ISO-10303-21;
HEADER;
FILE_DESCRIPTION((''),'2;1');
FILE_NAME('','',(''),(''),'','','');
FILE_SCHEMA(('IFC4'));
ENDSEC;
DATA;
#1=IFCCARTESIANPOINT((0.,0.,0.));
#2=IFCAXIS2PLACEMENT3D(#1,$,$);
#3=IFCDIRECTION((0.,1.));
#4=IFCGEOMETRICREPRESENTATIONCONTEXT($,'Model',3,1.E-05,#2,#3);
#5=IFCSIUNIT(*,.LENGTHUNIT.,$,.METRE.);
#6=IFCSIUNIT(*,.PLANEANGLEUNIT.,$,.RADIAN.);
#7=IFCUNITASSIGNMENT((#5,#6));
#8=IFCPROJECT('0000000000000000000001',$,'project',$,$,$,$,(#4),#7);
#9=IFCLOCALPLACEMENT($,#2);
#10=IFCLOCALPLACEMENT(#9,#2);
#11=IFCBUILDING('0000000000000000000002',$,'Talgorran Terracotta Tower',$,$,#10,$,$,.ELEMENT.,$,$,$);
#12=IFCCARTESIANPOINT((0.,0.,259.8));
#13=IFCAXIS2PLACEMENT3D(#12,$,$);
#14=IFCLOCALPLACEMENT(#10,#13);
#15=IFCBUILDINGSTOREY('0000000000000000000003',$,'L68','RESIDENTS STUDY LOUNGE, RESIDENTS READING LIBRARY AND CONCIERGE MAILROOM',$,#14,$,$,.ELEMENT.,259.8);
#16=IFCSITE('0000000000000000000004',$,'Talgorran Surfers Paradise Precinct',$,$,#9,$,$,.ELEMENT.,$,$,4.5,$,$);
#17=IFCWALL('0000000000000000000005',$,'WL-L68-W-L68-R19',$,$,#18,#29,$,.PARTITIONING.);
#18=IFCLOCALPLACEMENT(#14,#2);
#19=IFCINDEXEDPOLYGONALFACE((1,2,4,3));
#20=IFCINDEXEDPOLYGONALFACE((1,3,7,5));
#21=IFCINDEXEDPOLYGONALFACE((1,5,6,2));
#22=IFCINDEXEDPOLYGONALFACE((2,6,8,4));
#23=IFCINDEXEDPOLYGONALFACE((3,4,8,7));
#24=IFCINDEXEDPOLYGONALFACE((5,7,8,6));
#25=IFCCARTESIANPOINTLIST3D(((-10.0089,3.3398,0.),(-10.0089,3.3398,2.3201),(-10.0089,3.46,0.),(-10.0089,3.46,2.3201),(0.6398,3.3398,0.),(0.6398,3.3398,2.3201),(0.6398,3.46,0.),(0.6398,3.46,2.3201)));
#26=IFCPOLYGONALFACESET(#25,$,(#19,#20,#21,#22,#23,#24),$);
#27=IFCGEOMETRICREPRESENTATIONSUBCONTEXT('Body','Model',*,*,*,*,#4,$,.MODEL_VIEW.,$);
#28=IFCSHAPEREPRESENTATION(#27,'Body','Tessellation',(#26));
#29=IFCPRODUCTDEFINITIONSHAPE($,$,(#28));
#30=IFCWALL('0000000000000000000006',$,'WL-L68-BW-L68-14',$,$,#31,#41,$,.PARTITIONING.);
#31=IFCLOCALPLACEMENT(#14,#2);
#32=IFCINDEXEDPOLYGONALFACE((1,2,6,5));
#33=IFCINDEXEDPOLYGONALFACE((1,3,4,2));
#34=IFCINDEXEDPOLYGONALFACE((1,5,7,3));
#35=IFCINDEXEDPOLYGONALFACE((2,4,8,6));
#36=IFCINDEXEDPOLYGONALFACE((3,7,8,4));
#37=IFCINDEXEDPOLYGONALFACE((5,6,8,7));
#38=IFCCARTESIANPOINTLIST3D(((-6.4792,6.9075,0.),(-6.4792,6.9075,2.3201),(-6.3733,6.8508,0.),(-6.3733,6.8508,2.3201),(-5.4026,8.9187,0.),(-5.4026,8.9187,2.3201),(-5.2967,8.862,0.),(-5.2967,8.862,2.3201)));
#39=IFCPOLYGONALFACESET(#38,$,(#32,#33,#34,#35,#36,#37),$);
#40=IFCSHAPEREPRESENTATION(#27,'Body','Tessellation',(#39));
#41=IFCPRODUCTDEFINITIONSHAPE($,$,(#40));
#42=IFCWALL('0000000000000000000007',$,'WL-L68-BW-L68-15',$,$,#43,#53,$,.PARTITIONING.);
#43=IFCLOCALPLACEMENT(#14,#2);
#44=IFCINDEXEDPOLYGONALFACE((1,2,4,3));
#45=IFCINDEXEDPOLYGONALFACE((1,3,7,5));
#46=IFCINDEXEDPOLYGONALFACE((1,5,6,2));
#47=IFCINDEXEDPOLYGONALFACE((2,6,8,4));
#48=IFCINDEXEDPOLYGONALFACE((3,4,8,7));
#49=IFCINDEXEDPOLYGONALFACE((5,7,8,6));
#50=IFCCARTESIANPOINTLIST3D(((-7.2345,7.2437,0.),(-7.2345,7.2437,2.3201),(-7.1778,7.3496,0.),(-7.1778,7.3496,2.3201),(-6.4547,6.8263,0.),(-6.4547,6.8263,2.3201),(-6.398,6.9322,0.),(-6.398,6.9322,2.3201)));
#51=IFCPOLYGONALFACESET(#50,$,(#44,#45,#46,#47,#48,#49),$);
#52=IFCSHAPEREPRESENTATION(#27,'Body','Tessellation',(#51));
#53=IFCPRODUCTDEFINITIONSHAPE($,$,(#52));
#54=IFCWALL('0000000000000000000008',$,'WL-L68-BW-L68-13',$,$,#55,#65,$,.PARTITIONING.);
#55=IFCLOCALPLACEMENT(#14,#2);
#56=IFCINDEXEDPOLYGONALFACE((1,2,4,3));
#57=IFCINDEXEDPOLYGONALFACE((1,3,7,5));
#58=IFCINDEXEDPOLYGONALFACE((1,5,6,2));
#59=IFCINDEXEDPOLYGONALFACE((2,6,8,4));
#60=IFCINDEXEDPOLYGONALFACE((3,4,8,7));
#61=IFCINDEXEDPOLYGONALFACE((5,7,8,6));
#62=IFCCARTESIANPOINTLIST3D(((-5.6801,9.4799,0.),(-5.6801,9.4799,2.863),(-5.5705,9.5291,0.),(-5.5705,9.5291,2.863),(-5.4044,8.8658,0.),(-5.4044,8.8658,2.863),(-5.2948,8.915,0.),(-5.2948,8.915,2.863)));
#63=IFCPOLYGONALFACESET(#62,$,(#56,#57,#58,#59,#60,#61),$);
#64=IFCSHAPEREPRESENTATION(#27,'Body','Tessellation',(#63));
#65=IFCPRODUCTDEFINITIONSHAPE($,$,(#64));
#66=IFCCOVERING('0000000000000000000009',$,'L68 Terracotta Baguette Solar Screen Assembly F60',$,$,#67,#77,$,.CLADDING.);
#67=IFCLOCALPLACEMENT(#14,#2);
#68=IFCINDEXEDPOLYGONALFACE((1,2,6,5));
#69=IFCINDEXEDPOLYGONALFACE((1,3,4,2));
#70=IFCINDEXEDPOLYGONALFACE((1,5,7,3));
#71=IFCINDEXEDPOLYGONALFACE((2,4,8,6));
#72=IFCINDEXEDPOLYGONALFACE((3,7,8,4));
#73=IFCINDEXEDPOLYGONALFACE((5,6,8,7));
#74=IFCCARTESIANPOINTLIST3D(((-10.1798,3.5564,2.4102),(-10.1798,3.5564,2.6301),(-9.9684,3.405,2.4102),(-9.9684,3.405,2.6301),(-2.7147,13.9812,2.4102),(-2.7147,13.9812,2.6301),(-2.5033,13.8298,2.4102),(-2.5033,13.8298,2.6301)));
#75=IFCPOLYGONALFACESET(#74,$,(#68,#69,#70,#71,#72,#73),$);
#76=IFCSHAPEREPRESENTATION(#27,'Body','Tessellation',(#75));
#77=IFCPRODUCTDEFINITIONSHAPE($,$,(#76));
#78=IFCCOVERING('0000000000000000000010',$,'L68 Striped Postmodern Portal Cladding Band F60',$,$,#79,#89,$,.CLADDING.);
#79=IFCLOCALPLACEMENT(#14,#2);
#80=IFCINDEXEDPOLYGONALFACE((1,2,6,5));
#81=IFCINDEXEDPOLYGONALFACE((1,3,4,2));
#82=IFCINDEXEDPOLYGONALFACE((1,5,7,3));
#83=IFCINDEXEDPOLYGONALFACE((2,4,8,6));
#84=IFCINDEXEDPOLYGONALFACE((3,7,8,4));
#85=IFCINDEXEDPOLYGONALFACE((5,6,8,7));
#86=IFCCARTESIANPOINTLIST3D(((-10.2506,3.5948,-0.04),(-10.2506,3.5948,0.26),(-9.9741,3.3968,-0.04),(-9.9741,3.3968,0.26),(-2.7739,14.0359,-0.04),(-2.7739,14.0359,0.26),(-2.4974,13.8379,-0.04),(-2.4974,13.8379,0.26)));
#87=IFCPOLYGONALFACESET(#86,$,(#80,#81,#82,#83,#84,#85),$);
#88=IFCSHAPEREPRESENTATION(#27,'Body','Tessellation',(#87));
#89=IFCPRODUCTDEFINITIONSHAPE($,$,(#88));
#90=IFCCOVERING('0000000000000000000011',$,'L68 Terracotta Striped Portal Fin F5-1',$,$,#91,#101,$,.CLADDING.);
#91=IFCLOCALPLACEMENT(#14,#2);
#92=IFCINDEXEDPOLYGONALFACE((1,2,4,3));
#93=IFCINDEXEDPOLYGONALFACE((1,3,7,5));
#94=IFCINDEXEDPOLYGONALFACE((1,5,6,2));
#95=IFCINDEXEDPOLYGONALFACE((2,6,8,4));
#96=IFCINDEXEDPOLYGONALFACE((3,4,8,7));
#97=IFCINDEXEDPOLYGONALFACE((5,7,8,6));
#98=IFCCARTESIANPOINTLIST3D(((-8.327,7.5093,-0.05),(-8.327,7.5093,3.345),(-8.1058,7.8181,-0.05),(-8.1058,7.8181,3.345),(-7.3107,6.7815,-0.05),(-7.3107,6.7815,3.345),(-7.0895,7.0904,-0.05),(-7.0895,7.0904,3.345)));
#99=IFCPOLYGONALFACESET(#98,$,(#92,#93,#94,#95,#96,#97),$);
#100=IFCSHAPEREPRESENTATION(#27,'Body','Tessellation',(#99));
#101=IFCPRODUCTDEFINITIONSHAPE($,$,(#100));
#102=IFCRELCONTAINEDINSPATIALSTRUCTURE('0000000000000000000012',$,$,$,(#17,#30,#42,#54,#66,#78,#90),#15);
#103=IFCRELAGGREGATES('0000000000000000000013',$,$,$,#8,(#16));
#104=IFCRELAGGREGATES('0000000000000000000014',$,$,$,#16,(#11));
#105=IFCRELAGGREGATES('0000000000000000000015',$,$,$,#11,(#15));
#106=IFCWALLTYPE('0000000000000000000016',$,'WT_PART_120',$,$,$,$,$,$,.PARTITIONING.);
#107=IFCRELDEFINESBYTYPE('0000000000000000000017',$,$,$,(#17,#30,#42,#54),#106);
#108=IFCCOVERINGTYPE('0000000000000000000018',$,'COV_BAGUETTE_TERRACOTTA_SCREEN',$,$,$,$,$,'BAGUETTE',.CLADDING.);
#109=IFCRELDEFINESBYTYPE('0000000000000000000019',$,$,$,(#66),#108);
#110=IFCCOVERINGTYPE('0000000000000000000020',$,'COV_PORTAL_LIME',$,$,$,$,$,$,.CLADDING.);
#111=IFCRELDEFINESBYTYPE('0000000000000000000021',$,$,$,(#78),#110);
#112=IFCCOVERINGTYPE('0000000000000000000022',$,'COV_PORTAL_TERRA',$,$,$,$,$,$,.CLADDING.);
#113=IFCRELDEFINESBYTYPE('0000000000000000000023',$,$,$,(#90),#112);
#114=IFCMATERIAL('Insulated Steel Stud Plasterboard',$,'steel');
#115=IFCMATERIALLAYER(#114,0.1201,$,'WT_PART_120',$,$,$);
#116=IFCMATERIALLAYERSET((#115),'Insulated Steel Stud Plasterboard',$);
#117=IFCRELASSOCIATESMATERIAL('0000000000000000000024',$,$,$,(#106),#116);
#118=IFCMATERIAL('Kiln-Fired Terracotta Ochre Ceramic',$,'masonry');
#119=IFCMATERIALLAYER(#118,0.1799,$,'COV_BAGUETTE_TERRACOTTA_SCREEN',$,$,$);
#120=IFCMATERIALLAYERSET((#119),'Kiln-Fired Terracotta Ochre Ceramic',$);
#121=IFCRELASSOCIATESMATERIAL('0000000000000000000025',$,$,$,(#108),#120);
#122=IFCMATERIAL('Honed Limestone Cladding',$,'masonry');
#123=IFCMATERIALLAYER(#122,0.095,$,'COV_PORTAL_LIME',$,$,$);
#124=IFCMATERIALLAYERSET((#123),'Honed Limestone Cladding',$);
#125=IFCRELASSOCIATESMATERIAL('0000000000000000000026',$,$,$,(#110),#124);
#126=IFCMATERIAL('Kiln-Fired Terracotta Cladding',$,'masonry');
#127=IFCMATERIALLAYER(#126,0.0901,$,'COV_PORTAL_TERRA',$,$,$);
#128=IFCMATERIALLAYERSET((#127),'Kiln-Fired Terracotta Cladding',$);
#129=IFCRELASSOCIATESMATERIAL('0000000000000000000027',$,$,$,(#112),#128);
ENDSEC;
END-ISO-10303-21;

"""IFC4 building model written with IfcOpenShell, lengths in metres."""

from ifc_helpers import new_model, si_unit, direction, frame, frame_2d, origin, origin_2d, place, context, subcontext, project, spatial, rectangle, extrude, material, layer, layer_set, type_object, element, save


model = new_model("IFC4")

# Units and contexts
model_context = context("Model", 3, precision=1e-05, world=origin(), true_north=direction((0.0, 1.0)))
body_context = subcontext(model_context, "Body", "Model", "MODEL_VIEW")
ifc_project = project(units=[si_unit("LENGTHUNIT", "METRE"), si_unit("PLANEANGLEUNIT", "RADIAN")], contexts=[model_context])

# Site, building, storey
site_placement = place(None, origin())
site = spatial("IfcSite", under=ifc_project, at=site_placement, Name="Talgorran Surfers Paradise Precinct", CompositionType="ELEMENT", RefElevation=4.5)
building_placement = place(site_placement, origin())
building = spatial("IfcBuilding", under=site, at=building_placement, Name="Talgorran Terracotta Tower", CompositionType="ELEMENT")
storey_placement = place(building_placement, frame((0.0, 0.0, 259.8)))
storey = spatial("IfcBuildingStorey", under=building, at=storey_placement, Name="L68", Description="RESIDENTS STUDY LOUNGE, RESIDENTS READING LIBRARY AND CONCIERGE MAILROOM", CompositionType="ELEMENT", Elevation=259.8)

# Walls
ifc_material_1 = material(Name="Insulated Steel Stud Plasterboard", Category="steel")
ifc_layer_1 = layer(ifc_material_1, 0.1201, Name="WT_PART_120")
ifc_layer_set_1 = layer_set([ifc_layer_1], Name="Insulated Steel Stud Plasterboard")
wall_type_1 = type_object("IfcWallType", Name="WT_PART_120", PredefinedType="PARTITIONING", material=ifc_layer_set_1)
wall_1_placement = place(storey_placement, frame((-10.0088, 3.3999, 0.0), z_axis=(0.0, 0.0, 1.0), x_axis=(1.0, 0.0, 0.0)))
element("IfcWall", 1, at=wall_1_placement, inside=storey, type_object=wall_type_1, Name="WL-L68-W-L68-R19", PredefinedType="PARTITIONING", context=body_context, shape_type="SweptSolid", body=[
    extrude(rectangle(XDim=10.6487, YDim=0.1201, at=frame_2d((5.3242, 0.0))), origin(), (0.0, 0.0, 1.0), 2.3201),
])
wall_2_placement = place(storey_placement, frame((-5.3496, 8.8904, 0.0), z_axis=(0.0, 0.0, 1.0), x_axis=(-0.471954, -0.881623, 0.0)))
element("IfcWall", 2, at=wall_2_placement, inside=storey, type_object=wall_type_1, Name="WL-L68-BW-L68-14", PredefinedType="PARTITIONING", context=body_context, shape_type="SweptSolid", body=[
    extrude(rectangle(XDim=2.2812, YDim=0.1201, at=frame_2d((1.1406, 0.0))), origin(), (0.0, 0.0, 1.0), 2.3201),
])
wall_3_placement = place(storey_placement, frame((-6.4263, 6.8792, 0.0), z_axis=(0.0, 0.0, 1.0), x_axis=(-0.881603, 0.471992, 0.0)))
element("IfcWall", 3, at=wall_3_placement, inside=storey, type_object=wall_type_1, Name="WL-L68-BW-L68-15", PredefinedType="PARTITIONING", context=body_context, shape_type="SweptSolid", body=[
    extrude(rectangle(XDim=0.8845, YDim=0.1201, at=frame_2d((0.4424, 0.0))), origin(), (0.0, 0.0, 1.0), 2.3201),
])
wall_4_placement = place(storey_placement, frame((-5.6252, 9.5044, 0.0), z_axis=(0.0, 0.0, 1.0), x_axis=(0.409535, -0.912294, 0.0)))
element("IfcWall", 4, at=wall_4_placement, inside=storey, type_object=wall_type_1, Name="WL-L68-BW-L68-13", PredefinedType="PARTITIONING", context=body_context, shape_type="SweptSolid", body=[
    extrude(rectangle(XDim=0.6731, YDim=0.1201, at=frame_2d((0.3364, 0.0))), origin(), (0.0, 0.0, 1.0), 2.863),
])

# Coverings
ifc_material_2 = material(Name="Kiln-Fired Terracotta Ochre Ceramic", Category="masonry")
ifc_layer_2 = layer(ifc_material_2, 0.1799, Name="COV_BAGUETTE_TERRACOTTA_SCREEN")
ifc_layer_set_2 = layer_set([ifc_layer_2], Name="Kiln-Fired Terracotta Ochre Ceramic")
covering_type_1 = type_object("IfcCoveringType", Name="COV_BAGUETTE_TERRACOTTA_SCREEN", ElementType="BAGUETTE", PredefinedType="CLADDING", material=ifc_layer_set_2)
covering_1_placement = place(storey_placement, frame((-6.3416, 8.6931, 2.4102), z_axis=(0.0, 0.0, 1.0), x_axis=(-0.582208, -0.81304, 0.0)))
element("IfcCovering", 5, at=covering_1_placement, inside=storey, type_object=covering_type_1, Name="L68 Terracotta Baguette Solar Screen Assembly F60", PredefinedType="CLADDING", context=body_context, shape_type="SweptSolid", body=[
    extrude(rectangle(XDim=12.822, YDim=0.26, at=origin_2d()), origin(), (0.0, 0.0, 1.0), 0.22),
])
ifc_material_3 = material(Name="Honed Limestone Cladding", Category="masonry")
ifc_layer_3 = layer(ifc_material_3, 0.095, Name="COV_PORTAL_LIME")
ifc_layer_set_3 = layer_set([ifc_layer_3], Name="Honed Limestone Cladding")
covering_type_2 = type_object("IfcCoveringType", Name="COV_PORTAL_LIME", PredefinedType="CLADDING", material=ifc_layer_set_3)
covering_2_placement = place(storey_placement, frame((-6.374, 8.7163, -0.04), z_axis=(0.0, 0.0, 1.0), x_axis=(-0.582208, -0.81304, 0.0)))
element("IfcCovering", 6, at=covering_2_placement, inside=storey, type_object=covering_type_2, Name="L68 Striped Postmodern Portal Cladding Band F60", PredefinedType="CLADDING", context=body_context, shape_type="SweptSolid", body=[
    extrude(rectangle(XDim=12.842, YDim=0.3401, at=origin_2d()), origin(), (0.0, 0.0, 1.0), 0.3),
])
ifc_material_4 = material(Name="Kiln-Fired Terracotta Cladding", Category="masonry")
ifc_layer_4 = layer(ifc_material_4, 0.0901, Name="COV_PORTAL_TERRA")
ifc_layer_set_4 = layer_set([ifc_layer_4], Name="Kiln-Fired Terracotta Cladding")
covering_type_3 = type_object("IfcCoveringType", Name="COV_PORTAL_TERRA", PredefinedType="CLADDING", material=ifc_layer_set_4)
covering_3_placement = place(storey_placement, frame((-7.7083, 7.2998, -0.05), z_axis=(0.0, 0.0, 1.0), x_axis=(-0.582208, -0.81304, 0.0)))
element("IfcCovering", 7, at=covering_3_placement, inside=storey, type_object=covering_type_3, Name="L68 Terracotta Striped Portal Fin F5-1", PredefinedType="CLADDING", context=body_context, shape_type="SweptSolid", body=[
    extrude(rectangle(XDim=0.3799, YDim=1.25, at=origin_2d()), origin(), (0.0, 0.0, 1.0), 3.395),
])

save(model, "model.ifc")
